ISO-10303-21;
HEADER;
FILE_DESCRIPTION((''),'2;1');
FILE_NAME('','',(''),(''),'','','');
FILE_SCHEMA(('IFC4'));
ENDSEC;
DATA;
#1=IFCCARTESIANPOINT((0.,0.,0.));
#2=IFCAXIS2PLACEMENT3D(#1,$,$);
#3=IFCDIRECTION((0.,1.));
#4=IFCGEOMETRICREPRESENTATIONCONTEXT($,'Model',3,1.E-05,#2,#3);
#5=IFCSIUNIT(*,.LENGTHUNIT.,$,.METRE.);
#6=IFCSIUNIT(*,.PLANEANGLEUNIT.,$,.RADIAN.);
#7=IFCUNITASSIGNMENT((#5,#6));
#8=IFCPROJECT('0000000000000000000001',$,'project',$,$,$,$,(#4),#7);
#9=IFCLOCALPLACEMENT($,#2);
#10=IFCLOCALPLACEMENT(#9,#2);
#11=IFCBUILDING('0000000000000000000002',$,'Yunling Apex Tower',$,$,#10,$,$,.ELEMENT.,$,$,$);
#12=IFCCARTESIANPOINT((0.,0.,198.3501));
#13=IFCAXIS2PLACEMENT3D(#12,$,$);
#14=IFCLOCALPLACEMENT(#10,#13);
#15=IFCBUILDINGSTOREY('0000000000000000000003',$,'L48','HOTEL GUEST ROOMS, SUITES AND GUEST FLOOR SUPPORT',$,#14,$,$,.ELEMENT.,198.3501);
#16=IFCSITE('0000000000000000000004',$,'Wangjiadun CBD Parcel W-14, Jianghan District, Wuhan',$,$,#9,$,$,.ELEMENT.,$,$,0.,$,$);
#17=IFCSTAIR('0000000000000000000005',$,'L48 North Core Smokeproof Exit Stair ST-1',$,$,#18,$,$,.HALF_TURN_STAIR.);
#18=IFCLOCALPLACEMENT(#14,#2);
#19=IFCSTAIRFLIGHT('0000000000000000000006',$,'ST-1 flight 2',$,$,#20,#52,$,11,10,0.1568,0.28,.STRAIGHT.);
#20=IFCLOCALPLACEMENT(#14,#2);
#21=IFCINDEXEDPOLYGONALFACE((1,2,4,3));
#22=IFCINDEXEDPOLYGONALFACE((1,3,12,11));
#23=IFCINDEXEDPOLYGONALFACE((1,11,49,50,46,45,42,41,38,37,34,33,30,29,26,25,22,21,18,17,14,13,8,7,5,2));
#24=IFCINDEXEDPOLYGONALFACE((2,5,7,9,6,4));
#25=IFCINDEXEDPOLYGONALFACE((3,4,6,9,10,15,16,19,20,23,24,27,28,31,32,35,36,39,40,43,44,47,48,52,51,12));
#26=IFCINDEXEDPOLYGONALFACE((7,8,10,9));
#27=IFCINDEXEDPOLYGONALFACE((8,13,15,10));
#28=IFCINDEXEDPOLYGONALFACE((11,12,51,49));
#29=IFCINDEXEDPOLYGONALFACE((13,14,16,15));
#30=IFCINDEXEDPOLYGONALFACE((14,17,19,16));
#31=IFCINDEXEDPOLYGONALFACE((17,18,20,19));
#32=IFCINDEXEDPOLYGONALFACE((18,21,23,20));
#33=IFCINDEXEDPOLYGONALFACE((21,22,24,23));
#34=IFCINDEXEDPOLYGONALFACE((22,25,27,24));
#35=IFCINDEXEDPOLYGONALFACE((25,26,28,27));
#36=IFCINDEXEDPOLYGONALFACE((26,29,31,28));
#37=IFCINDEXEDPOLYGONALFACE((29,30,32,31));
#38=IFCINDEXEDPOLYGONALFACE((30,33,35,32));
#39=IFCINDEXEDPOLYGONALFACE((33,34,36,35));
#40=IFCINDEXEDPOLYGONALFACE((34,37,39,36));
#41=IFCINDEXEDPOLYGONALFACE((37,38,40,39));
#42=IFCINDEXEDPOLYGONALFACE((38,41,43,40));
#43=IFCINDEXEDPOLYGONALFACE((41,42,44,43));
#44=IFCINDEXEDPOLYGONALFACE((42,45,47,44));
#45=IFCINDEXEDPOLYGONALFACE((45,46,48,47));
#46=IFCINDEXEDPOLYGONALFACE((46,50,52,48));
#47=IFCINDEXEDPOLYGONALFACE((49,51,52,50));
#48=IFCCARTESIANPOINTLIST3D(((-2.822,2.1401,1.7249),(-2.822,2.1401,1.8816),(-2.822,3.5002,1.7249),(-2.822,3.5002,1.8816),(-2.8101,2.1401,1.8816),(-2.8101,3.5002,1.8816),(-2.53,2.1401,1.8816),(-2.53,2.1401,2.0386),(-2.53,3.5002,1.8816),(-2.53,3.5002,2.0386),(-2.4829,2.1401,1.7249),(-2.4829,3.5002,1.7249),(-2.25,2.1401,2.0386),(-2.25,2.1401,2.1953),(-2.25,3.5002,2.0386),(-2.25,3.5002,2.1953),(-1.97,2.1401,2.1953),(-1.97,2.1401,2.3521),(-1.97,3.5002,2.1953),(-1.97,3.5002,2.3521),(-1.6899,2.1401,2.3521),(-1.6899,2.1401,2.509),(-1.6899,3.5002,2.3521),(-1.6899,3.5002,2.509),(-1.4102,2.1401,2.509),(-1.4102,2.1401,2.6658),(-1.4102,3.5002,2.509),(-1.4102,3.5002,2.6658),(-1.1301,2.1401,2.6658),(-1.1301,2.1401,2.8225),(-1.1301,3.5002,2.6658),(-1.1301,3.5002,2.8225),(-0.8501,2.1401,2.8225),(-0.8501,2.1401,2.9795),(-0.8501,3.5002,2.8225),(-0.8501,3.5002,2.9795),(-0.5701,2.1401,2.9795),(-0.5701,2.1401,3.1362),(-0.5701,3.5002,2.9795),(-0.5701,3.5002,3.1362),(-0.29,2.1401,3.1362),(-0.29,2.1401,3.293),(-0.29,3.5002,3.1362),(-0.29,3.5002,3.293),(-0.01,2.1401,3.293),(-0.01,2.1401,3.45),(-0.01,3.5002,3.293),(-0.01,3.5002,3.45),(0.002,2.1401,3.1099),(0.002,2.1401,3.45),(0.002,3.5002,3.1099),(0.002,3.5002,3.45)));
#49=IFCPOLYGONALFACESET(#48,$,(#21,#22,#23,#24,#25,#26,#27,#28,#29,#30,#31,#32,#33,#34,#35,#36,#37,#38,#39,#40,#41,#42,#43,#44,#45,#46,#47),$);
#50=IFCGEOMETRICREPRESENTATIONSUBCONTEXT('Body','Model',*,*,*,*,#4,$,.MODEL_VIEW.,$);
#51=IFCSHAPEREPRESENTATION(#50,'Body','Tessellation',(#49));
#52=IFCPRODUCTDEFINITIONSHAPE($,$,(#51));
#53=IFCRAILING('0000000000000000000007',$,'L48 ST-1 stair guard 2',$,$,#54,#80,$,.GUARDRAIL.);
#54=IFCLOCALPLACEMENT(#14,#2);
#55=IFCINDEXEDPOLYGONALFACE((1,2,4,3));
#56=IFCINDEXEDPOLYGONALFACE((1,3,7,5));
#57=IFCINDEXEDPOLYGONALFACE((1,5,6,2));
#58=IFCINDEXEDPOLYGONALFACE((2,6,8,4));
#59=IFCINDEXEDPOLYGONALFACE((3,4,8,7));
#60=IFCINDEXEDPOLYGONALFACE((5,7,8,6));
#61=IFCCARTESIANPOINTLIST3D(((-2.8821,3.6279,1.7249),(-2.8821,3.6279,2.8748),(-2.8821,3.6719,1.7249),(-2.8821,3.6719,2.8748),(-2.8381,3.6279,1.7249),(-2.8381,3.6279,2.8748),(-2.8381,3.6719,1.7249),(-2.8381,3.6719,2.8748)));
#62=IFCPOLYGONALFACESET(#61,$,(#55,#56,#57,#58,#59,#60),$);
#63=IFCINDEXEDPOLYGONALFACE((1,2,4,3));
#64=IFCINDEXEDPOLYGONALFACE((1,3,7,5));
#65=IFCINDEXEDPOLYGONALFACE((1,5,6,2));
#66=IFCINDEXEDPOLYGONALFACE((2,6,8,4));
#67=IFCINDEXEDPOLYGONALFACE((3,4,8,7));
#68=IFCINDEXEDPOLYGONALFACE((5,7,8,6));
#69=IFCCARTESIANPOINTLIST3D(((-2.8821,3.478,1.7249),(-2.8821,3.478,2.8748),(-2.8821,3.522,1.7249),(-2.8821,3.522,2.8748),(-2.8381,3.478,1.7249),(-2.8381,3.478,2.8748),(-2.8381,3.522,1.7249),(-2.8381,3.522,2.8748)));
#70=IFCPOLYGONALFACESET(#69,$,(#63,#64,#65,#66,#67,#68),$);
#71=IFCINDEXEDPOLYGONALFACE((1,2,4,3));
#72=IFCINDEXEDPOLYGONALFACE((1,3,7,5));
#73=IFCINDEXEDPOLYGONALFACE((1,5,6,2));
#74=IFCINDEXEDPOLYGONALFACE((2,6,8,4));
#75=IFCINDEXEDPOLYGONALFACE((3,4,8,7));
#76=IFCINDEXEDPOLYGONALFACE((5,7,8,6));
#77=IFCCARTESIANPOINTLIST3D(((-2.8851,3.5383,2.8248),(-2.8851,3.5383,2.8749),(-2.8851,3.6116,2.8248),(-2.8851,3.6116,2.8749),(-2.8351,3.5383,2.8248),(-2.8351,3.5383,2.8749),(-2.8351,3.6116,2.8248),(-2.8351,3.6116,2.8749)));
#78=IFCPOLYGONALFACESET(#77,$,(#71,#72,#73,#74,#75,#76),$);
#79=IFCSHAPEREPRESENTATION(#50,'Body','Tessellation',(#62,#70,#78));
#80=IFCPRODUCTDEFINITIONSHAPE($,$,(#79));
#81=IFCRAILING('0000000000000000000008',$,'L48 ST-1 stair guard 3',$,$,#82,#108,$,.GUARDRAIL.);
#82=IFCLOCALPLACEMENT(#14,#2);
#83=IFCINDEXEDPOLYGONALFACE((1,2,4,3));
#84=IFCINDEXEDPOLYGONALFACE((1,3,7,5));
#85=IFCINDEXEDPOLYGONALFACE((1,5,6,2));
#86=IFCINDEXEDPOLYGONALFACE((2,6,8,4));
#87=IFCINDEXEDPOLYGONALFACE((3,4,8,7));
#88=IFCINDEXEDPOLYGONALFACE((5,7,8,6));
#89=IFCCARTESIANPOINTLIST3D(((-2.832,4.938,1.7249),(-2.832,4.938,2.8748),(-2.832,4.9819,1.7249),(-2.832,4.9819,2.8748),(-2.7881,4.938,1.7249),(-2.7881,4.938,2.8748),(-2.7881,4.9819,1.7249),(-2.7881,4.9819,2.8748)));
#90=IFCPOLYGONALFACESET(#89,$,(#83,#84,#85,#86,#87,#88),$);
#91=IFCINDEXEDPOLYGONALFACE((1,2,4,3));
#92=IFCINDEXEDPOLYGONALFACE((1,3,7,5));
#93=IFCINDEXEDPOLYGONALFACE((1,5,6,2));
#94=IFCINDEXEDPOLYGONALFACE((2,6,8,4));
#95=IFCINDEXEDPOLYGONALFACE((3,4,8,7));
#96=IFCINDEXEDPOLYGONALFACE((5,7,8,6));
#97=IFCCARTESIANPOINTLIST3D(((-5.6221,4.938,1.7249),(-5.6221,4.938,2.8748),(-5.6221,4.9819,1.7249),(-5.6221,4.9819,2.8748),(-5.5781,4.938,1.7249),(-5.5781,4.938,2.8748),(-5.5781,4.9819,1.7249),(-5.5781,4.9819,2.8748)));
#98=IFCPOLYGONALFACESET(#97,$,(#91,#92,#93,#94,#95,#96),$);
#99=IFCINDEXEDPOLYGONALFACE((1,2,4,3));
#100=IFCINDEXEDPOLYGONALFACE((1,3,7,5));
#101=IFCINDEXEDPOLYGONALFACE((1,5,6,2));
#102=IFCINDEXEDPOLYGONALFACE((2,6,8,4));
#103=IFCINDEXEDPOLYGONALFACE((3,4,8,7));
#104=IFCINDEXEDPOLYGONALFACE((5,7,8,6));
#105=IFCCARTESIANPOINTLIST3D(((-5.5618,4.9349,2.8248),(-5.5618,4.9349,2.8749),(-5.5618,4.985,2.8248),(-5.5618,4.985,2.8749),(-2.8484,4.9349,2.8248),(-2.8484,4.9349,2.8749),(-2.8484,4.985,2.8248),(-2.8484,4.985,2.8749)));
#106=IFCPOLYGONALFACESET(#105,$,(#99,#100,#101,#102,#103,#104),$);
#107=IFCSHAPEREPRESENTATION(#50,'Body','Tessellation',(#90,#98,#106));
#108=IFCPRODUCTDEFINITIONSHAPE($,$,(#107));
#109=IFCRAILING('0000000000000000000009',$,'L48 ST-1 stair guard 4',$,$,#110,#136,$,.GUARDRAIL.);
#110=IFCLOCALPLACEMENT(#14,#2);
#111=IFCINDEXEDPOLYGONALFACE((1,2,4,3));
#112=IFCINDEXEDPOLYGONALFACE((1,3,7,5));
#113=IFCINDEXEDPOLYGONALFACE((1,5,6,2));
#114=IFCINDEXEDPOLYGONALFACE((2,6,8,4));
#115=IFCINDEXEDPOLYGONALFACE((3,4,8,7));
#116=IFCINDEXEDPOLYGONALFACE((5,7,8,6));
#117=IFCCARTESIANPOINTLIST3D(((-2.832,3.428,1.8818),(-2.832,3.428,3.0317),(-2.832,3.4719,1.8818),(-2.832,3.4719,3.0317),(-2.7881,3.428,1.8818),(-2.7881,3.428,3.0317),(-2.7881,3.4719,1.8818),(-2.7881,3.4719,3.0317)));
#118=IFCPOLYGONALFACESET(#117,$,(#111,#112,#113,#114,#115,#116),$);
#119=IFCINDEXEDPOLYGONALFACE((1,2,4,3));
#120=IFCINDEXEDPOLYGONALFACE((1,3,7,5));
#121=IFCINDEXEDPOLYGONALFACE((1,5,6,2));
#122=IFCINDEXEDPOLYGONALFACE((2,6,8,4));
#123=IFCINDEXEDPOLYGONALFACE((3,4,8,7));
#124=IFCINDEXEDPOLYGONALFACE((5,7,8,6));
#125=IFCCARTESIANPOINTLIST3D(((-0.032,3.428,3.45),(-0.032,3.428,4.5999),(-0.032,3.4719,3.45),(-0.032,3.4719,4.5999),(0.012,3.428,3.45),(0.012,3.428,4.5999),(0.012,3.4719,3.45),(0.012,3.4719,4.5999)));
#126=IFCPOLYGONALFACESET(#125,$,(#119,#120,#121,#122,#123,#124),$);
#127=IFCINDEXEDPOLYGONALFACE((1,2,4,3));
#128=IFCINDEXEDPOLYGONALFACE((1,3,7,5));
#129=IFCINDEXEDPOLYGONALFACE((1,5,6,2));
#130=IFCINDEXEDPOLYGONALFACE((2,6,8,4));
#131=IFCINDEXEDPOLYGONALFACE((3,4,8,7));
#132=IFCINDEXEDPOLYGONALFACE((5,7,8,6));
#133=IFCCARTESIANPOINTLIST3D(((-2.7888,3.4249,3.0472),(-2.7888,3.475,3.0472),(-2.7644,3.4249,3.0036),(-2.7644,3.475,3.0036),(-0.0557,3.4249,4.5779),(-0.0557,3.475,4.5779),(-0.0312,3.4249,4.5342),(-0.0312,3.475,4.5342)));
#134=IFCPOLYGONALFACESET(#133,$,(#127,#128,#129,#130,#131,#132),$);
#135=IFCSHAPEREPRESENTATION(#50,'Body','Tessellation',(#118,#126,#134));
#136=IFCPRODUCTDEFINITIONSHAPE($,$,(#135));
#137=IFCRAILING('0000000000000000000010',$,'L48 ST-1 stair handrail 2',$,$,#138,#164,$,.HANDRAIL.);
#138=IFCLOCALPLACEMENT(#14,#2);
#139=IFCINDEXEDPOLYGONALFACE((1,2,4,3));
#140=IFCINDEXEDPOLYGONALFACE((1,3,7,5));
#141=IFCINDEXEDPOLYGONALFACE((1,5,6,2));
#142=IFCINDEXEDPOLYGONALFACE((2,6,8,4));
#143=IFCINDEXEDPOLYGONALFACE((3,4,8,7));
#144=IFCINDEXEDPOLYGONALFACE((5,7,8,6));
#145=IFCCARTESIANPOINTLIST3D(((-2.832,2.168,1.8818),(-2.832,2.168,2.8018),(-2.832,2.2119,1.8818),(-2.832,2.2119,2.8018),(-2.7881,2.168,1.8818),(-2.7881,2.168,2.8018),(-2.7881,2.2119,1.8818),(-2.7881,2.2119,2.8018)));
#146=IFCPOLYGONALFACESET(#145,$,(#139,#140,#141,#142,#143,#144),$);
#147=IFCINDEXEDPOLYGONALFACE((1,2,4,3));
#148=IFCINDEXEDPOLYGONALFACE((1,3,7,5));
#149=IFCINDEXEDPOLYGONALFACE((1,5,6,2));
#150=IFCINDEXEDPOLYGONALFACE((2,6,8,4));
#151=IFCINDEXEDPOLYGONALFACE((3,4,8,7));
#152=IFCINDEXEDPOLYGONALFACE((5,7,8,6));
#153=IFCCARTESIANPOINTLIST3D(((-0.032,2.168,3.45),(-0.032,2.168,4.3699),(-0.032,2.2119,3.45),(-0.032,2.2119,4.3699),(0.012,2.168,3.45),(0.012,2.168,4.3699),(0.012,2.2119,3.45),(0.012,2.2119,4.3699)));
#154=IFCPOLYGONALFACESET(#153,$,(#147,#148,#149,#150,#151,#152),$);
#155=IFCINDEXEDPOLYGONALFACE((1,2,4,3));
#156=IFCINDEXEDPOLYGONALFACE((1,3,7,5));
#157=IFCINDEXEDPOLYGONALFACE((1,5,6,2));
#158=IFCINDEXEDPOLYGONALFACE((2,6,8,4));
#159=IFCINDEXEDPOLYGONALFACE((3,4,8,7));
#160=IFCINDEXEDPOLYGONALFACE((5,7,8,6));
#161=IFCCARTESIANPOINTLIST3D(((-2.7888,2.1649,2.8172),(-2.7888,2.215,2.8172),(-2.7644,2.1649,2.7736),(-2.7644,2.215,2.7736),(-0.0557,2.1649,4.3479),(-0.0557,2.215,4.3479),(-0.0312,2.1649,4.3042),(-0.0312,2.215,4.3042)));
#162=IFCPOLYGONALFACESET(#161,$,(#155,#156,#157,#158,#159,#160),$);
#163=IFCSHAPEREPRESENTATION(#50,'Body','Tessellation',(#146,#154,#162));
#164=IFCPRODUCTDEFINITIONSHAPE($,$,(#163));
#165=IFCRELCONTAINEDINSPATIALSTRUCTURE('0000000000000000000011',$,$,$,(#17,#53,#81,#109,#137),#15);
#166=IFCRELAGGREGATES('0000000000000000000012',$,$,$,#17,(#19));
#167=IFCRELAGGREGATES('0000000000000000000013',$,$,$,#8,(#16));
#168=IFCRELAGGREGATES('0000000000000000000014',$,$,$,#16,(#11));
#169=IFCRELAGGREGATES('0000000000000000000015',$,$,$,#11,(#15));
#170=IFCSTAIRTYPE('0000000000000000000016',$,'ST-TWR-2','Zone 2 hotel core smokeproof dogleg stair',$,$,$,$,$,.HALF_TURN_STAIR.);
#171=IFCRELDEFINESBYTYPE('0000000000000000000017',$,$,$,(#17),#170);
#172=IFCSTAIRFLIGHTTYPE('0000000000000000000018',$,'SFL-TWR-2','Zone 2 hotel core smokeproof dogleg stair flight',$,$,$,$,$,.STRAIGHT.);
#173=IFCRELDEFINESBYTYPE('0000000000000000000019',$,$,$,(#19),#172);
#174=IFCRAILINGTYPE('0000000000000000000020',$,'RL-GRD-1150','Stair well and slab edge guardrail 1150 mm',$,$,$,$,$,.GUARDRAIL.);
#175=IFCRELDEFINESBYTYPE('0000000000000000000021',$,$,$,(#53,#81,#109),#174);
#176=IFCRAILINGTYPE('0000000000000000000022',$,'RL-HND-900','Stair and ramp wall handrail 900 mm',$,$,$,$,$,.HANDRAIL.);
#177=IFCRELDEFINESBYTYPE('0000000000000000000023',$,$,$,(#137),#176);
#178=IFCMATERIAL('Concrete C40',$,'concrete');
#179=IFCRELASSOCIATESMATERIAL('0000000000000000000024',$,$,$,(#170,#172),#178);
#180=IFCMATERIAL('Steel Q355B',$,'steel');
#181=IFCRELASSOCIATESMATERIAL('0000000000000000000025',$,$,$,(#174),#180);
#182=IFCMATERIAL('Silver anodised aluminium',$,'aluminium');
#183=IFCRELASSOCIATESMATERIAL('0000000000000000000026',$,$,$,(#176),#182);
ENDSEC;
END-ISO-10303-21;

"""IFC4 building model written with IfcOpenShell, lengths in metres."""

from ifc_helpers import new_model, si_unit, direction, frame, origin, origin_2d, place, context, subcontext, project, spatial, polyline, rectangle, outline, extrude, material, type_object, element, aggregate, save


model = new_model("IFC4")

# Units and contexts
model_context = context("Model", 3, precision=1e-05, world=origin(), true_north=direction((0.0, 1.0)))
body_context = subcontext(model_context, "Body", "Model", "MODEL_VIEW")
ifc_project = project(units=[si_unit("LENGTHUNIT", "METRE"), si_unit("PLANEANGLEUNIT", "RADIAN")], contexts=[model_context])

# Site, building, storey
site_placement = place(None, origin())
site = spatial("IfcSite", under=ifc_project, at=site_placement, Name="Wangjiadun CBD Parcel W-14, Jianghan District, Wuhan", CompositionType="ELEMENT", RefElevation=0.0)
building_placement = place(site_placement, origin())
building = spatial("IfcBuilding", under=site, at=building_placement, Name="Yunling Apex Tower", CompositionType="ELEMENT")
storey_placement = place(building_placement, frame((0.0, 0.0, 198.3501)))
storey = spatial("IfcBuildingStorey", under=building, at=storey_placement, Name="L48", Description="HOTEL GUEST ROOMS, SUITES AND GUEST FLOOR SUPPORT", CompositionType="ELEMENT", Elevation=198.3501)

# Shared definitions
ifc_material_1 = material(Name="Steel Q355B", Category="steel")

# Shared definitions
ifc_material_2 = material(Name="Concrete C40", Category="concrete")

# Shared definitions
ifc_material_3 = material(Name="Silver anodised aluminium", Category="aluminium")

# Stair, stair flight
stair_type = type_object("IfcStairType", Name="ST-TWR-2", Description="Zone 2 hotel core smokeproof dogleg stair", PredefinedType="HALF_TURN_STAIR", material=ifc_material_2)
stair_placement = place(storey_placement, origin())
stair = element("IfcStair", 1, at=stair_placement, inside=storey, type_object=stair_type, Name="L48 North Core Smokeproof Exit Stair ST-1", PredefinedType="HALF_TURN_STAIR")
stair_flight_type = type_object("IfcStairFlightType", Name="SFL-TWR-2", Description="Zone 2 hotel core smokeproof dogleg stair flight", PredefinedType="STRAIGHT", material=ifc_material_2)
stair_flight_placement = place(storey_placement, frame((-2.8101, 2.8201, 1.7249), z_axis=(0.0, 0.0, 1.0), x_axis=(1.0, 0.0, 0.0)))
stair_flight = element("IfcStairFlight", 2, at=stair_flight_placement, type_object=stair_flight_type, Name="ST-1 flight 2", NumberOfRisers=11, NumberOfTreads=10, PredefinedType="STRAIGHT", RiserHeight=0.1568, TreadLength=0.28, context=body_context, shape_type="SweptSolid", body=[
    extrude(outline(polyline([(-0.012, 0.0), (-0.012, 0.1567), (0.0, 0.1567), (0.28, 0.1567), (0.28, 0.3137), (0.5601, 0.3137), (0.5601, 0.4705), (0.8401, 0.4705), (0.8401, 0.6272), (1.1201, 0.6272), (1.1201, 0.7842), (1.3999, 0.7842), (1.3999, 0.9409), (1.6799, 0.9409), (1.6799, 1.0977), (1.96, 1.0977), (1.96, 1.2546), (2.24, 1.2546), (2.24, 1.4114), (2.52, 1.4114), (2.52, 1.5681), (2.8, 1.5681), (2.8, 1.7251), (2.812, 1.7251), (2.812, 1.385), (0.3271, 0.0), (-0.012, 0.0)])), frame((0.0, 0.6802, 0.0), z_axis=(0.0, -1.0, 0.0), x_axis=(1.0, 0.0, 0.0)), (0.0, 0.0, 1.0), 1.3601),
])
aggregate(stair, [stair_flight])

# Railings
railing_type_1 = type_object("IfcRailingType", Name="RL-GRD-1150", Description="Stair well and slab edge guardrail 1150 mm", PredefinedType="GUARDRAIL", material=ifc_material_1)
railing_1_placement = place(storey_placement, frame((-2.8601, 3.6499, 1.7249)))
element("IfcRailing", 3, at=railing_1_placement, inside=storey, type_object=railing_type_1, Name="L48 ST-1 stair guard 2", PredefinedType="GUARDRAIL", context=body_context, shape_type="SweptSolid", body=[
    extrude(rectangle(XDim=0.0439, YDim=0.0439, at=origin_2d()), origin(), (0.0, 0.0, 1.0), 1.1499),
    extrude(rectangle(XDim=0.0439, YDim=0.0439, at=origin_2d()), frame((0.0, -0.1499, 0.0)), (0.0, 0.0, 1.0), 1.1499),
    extrude(rectangle(XDim=0.05, YDim=0.05, at=origin_2d()), frame((0.0, -0.0383, 1.125), z_axis=(0.0, -1.0, 0.0), x_axis=(1.0, 0.0, 0.0)), (0.0, 0.0, 1.0), 0.0732),
])
railing_2_placement = place(storey_placement, frame((-2.8101, 4.96, 1.7249)))
element("IfcRailing", 4, at=railing_2_placement, inside=storey, type_object=railing_type_1, Name="L48 ST-1 stair guard 3", PredefinedType="GUARDRAIL", context=body_context, shape_type="SweptSolid", body=[
    extrude(rectangle(XDim=0.0439, YDim=0.0439, at=origin_2d()), origin(), (0.0, 0.0, 1.0), 1.1499),
    extrude(rectangle(XDim=0.0439, YDim=0.0439, at=origin_2d()), frame((-2.79, 0.0, 0.0)), (0.0, 0.0, 1.0), 1.1499),
    extrude(rectangle(XDim=0.05, YDim=0.05, at=origin_2d()), frame((-0.0383, 0.0, 1.125), z_axis=(-1.0, 0.0, 0.0), x_axis=(0.0, -1.0, 0.0)), (0.0, 0.0, 1.0), 2.7134),
])
railing_3_placement = place(storey_placement, frame((-2.8101, 3.45, 1.8818)))
element("IfcRailing", 5, at=railing_3_placement, inside=storey, type_object=railing_type_1, Name="L48 ST-1 stair guard 4", PredefinedType="GUARDRAIL", context=body_context, shape_type="SweptSolid", body=[
    extrude(rectangle(XDim=0.0439, YDim=0.0439, at=origin_2d()), origin(), (0.0, 0.0, 1.0), 1.1499),
    extrude(rectangle(XDim=0.0439, YDim=0.0439, at=origin_2d()), frame((2.8, 0.0, 1.5681)), (0.0, 0.0, 1.0), 1.1499),
    extrude(rectangle(XDim=0.05, YDim=0.05, at=origin_2d()), frame((0.0334, 0.0, 1.1436), z_axis=(0.872494, 0.0, 0.488624), x_axis=(0.0, 1.0, 0.0)), (0.0, 0.0, 1.0), 3.1326),
])
railing_type_2 = type_object("IfcRailingType", Name="RL-HND-900", Description="Stair and ramp wall handrail 900 mm", PredefinedType="HANDRAIL", material=ifc_material_3)
railing_4_placement = place(storey_placement, frame((-2.8101, 2.1899, 1.8818)))
element("IfcRailing", 6, at=railing_4_placement, inside=storey, type_object=railing_type_2, Name="L48 ST-1 stair handrail 2", PredefinedType="HANDRAIL", context=body_context, shape_type="SweptSolid", body=[
    extrude(rectangle(XDim=0.0439, YDim=0.0439, at=origin_2d()), origin(), (0.0, 0.0, 1.0), 0.9199),
    extrude(rectangle(XDim=0.0439, YDim=0.0439, at=origin_2d()), frame((2.8, 0.0, 1.5681)), (0.0, 0.0, 1.0), 0.9199),
    extrude(rectangle(XDim=0.05, YDim=0.05, at=origin_2d()), frame((0.0334, 0.0, 0.9136), z_axis=(0.872494, 0.0, 0.488624), x_axis=(0.0, 1.0, 0.0)), (0.0, 0.0, 1.0), 3.1326),
])

save(model, "model.ifc")
